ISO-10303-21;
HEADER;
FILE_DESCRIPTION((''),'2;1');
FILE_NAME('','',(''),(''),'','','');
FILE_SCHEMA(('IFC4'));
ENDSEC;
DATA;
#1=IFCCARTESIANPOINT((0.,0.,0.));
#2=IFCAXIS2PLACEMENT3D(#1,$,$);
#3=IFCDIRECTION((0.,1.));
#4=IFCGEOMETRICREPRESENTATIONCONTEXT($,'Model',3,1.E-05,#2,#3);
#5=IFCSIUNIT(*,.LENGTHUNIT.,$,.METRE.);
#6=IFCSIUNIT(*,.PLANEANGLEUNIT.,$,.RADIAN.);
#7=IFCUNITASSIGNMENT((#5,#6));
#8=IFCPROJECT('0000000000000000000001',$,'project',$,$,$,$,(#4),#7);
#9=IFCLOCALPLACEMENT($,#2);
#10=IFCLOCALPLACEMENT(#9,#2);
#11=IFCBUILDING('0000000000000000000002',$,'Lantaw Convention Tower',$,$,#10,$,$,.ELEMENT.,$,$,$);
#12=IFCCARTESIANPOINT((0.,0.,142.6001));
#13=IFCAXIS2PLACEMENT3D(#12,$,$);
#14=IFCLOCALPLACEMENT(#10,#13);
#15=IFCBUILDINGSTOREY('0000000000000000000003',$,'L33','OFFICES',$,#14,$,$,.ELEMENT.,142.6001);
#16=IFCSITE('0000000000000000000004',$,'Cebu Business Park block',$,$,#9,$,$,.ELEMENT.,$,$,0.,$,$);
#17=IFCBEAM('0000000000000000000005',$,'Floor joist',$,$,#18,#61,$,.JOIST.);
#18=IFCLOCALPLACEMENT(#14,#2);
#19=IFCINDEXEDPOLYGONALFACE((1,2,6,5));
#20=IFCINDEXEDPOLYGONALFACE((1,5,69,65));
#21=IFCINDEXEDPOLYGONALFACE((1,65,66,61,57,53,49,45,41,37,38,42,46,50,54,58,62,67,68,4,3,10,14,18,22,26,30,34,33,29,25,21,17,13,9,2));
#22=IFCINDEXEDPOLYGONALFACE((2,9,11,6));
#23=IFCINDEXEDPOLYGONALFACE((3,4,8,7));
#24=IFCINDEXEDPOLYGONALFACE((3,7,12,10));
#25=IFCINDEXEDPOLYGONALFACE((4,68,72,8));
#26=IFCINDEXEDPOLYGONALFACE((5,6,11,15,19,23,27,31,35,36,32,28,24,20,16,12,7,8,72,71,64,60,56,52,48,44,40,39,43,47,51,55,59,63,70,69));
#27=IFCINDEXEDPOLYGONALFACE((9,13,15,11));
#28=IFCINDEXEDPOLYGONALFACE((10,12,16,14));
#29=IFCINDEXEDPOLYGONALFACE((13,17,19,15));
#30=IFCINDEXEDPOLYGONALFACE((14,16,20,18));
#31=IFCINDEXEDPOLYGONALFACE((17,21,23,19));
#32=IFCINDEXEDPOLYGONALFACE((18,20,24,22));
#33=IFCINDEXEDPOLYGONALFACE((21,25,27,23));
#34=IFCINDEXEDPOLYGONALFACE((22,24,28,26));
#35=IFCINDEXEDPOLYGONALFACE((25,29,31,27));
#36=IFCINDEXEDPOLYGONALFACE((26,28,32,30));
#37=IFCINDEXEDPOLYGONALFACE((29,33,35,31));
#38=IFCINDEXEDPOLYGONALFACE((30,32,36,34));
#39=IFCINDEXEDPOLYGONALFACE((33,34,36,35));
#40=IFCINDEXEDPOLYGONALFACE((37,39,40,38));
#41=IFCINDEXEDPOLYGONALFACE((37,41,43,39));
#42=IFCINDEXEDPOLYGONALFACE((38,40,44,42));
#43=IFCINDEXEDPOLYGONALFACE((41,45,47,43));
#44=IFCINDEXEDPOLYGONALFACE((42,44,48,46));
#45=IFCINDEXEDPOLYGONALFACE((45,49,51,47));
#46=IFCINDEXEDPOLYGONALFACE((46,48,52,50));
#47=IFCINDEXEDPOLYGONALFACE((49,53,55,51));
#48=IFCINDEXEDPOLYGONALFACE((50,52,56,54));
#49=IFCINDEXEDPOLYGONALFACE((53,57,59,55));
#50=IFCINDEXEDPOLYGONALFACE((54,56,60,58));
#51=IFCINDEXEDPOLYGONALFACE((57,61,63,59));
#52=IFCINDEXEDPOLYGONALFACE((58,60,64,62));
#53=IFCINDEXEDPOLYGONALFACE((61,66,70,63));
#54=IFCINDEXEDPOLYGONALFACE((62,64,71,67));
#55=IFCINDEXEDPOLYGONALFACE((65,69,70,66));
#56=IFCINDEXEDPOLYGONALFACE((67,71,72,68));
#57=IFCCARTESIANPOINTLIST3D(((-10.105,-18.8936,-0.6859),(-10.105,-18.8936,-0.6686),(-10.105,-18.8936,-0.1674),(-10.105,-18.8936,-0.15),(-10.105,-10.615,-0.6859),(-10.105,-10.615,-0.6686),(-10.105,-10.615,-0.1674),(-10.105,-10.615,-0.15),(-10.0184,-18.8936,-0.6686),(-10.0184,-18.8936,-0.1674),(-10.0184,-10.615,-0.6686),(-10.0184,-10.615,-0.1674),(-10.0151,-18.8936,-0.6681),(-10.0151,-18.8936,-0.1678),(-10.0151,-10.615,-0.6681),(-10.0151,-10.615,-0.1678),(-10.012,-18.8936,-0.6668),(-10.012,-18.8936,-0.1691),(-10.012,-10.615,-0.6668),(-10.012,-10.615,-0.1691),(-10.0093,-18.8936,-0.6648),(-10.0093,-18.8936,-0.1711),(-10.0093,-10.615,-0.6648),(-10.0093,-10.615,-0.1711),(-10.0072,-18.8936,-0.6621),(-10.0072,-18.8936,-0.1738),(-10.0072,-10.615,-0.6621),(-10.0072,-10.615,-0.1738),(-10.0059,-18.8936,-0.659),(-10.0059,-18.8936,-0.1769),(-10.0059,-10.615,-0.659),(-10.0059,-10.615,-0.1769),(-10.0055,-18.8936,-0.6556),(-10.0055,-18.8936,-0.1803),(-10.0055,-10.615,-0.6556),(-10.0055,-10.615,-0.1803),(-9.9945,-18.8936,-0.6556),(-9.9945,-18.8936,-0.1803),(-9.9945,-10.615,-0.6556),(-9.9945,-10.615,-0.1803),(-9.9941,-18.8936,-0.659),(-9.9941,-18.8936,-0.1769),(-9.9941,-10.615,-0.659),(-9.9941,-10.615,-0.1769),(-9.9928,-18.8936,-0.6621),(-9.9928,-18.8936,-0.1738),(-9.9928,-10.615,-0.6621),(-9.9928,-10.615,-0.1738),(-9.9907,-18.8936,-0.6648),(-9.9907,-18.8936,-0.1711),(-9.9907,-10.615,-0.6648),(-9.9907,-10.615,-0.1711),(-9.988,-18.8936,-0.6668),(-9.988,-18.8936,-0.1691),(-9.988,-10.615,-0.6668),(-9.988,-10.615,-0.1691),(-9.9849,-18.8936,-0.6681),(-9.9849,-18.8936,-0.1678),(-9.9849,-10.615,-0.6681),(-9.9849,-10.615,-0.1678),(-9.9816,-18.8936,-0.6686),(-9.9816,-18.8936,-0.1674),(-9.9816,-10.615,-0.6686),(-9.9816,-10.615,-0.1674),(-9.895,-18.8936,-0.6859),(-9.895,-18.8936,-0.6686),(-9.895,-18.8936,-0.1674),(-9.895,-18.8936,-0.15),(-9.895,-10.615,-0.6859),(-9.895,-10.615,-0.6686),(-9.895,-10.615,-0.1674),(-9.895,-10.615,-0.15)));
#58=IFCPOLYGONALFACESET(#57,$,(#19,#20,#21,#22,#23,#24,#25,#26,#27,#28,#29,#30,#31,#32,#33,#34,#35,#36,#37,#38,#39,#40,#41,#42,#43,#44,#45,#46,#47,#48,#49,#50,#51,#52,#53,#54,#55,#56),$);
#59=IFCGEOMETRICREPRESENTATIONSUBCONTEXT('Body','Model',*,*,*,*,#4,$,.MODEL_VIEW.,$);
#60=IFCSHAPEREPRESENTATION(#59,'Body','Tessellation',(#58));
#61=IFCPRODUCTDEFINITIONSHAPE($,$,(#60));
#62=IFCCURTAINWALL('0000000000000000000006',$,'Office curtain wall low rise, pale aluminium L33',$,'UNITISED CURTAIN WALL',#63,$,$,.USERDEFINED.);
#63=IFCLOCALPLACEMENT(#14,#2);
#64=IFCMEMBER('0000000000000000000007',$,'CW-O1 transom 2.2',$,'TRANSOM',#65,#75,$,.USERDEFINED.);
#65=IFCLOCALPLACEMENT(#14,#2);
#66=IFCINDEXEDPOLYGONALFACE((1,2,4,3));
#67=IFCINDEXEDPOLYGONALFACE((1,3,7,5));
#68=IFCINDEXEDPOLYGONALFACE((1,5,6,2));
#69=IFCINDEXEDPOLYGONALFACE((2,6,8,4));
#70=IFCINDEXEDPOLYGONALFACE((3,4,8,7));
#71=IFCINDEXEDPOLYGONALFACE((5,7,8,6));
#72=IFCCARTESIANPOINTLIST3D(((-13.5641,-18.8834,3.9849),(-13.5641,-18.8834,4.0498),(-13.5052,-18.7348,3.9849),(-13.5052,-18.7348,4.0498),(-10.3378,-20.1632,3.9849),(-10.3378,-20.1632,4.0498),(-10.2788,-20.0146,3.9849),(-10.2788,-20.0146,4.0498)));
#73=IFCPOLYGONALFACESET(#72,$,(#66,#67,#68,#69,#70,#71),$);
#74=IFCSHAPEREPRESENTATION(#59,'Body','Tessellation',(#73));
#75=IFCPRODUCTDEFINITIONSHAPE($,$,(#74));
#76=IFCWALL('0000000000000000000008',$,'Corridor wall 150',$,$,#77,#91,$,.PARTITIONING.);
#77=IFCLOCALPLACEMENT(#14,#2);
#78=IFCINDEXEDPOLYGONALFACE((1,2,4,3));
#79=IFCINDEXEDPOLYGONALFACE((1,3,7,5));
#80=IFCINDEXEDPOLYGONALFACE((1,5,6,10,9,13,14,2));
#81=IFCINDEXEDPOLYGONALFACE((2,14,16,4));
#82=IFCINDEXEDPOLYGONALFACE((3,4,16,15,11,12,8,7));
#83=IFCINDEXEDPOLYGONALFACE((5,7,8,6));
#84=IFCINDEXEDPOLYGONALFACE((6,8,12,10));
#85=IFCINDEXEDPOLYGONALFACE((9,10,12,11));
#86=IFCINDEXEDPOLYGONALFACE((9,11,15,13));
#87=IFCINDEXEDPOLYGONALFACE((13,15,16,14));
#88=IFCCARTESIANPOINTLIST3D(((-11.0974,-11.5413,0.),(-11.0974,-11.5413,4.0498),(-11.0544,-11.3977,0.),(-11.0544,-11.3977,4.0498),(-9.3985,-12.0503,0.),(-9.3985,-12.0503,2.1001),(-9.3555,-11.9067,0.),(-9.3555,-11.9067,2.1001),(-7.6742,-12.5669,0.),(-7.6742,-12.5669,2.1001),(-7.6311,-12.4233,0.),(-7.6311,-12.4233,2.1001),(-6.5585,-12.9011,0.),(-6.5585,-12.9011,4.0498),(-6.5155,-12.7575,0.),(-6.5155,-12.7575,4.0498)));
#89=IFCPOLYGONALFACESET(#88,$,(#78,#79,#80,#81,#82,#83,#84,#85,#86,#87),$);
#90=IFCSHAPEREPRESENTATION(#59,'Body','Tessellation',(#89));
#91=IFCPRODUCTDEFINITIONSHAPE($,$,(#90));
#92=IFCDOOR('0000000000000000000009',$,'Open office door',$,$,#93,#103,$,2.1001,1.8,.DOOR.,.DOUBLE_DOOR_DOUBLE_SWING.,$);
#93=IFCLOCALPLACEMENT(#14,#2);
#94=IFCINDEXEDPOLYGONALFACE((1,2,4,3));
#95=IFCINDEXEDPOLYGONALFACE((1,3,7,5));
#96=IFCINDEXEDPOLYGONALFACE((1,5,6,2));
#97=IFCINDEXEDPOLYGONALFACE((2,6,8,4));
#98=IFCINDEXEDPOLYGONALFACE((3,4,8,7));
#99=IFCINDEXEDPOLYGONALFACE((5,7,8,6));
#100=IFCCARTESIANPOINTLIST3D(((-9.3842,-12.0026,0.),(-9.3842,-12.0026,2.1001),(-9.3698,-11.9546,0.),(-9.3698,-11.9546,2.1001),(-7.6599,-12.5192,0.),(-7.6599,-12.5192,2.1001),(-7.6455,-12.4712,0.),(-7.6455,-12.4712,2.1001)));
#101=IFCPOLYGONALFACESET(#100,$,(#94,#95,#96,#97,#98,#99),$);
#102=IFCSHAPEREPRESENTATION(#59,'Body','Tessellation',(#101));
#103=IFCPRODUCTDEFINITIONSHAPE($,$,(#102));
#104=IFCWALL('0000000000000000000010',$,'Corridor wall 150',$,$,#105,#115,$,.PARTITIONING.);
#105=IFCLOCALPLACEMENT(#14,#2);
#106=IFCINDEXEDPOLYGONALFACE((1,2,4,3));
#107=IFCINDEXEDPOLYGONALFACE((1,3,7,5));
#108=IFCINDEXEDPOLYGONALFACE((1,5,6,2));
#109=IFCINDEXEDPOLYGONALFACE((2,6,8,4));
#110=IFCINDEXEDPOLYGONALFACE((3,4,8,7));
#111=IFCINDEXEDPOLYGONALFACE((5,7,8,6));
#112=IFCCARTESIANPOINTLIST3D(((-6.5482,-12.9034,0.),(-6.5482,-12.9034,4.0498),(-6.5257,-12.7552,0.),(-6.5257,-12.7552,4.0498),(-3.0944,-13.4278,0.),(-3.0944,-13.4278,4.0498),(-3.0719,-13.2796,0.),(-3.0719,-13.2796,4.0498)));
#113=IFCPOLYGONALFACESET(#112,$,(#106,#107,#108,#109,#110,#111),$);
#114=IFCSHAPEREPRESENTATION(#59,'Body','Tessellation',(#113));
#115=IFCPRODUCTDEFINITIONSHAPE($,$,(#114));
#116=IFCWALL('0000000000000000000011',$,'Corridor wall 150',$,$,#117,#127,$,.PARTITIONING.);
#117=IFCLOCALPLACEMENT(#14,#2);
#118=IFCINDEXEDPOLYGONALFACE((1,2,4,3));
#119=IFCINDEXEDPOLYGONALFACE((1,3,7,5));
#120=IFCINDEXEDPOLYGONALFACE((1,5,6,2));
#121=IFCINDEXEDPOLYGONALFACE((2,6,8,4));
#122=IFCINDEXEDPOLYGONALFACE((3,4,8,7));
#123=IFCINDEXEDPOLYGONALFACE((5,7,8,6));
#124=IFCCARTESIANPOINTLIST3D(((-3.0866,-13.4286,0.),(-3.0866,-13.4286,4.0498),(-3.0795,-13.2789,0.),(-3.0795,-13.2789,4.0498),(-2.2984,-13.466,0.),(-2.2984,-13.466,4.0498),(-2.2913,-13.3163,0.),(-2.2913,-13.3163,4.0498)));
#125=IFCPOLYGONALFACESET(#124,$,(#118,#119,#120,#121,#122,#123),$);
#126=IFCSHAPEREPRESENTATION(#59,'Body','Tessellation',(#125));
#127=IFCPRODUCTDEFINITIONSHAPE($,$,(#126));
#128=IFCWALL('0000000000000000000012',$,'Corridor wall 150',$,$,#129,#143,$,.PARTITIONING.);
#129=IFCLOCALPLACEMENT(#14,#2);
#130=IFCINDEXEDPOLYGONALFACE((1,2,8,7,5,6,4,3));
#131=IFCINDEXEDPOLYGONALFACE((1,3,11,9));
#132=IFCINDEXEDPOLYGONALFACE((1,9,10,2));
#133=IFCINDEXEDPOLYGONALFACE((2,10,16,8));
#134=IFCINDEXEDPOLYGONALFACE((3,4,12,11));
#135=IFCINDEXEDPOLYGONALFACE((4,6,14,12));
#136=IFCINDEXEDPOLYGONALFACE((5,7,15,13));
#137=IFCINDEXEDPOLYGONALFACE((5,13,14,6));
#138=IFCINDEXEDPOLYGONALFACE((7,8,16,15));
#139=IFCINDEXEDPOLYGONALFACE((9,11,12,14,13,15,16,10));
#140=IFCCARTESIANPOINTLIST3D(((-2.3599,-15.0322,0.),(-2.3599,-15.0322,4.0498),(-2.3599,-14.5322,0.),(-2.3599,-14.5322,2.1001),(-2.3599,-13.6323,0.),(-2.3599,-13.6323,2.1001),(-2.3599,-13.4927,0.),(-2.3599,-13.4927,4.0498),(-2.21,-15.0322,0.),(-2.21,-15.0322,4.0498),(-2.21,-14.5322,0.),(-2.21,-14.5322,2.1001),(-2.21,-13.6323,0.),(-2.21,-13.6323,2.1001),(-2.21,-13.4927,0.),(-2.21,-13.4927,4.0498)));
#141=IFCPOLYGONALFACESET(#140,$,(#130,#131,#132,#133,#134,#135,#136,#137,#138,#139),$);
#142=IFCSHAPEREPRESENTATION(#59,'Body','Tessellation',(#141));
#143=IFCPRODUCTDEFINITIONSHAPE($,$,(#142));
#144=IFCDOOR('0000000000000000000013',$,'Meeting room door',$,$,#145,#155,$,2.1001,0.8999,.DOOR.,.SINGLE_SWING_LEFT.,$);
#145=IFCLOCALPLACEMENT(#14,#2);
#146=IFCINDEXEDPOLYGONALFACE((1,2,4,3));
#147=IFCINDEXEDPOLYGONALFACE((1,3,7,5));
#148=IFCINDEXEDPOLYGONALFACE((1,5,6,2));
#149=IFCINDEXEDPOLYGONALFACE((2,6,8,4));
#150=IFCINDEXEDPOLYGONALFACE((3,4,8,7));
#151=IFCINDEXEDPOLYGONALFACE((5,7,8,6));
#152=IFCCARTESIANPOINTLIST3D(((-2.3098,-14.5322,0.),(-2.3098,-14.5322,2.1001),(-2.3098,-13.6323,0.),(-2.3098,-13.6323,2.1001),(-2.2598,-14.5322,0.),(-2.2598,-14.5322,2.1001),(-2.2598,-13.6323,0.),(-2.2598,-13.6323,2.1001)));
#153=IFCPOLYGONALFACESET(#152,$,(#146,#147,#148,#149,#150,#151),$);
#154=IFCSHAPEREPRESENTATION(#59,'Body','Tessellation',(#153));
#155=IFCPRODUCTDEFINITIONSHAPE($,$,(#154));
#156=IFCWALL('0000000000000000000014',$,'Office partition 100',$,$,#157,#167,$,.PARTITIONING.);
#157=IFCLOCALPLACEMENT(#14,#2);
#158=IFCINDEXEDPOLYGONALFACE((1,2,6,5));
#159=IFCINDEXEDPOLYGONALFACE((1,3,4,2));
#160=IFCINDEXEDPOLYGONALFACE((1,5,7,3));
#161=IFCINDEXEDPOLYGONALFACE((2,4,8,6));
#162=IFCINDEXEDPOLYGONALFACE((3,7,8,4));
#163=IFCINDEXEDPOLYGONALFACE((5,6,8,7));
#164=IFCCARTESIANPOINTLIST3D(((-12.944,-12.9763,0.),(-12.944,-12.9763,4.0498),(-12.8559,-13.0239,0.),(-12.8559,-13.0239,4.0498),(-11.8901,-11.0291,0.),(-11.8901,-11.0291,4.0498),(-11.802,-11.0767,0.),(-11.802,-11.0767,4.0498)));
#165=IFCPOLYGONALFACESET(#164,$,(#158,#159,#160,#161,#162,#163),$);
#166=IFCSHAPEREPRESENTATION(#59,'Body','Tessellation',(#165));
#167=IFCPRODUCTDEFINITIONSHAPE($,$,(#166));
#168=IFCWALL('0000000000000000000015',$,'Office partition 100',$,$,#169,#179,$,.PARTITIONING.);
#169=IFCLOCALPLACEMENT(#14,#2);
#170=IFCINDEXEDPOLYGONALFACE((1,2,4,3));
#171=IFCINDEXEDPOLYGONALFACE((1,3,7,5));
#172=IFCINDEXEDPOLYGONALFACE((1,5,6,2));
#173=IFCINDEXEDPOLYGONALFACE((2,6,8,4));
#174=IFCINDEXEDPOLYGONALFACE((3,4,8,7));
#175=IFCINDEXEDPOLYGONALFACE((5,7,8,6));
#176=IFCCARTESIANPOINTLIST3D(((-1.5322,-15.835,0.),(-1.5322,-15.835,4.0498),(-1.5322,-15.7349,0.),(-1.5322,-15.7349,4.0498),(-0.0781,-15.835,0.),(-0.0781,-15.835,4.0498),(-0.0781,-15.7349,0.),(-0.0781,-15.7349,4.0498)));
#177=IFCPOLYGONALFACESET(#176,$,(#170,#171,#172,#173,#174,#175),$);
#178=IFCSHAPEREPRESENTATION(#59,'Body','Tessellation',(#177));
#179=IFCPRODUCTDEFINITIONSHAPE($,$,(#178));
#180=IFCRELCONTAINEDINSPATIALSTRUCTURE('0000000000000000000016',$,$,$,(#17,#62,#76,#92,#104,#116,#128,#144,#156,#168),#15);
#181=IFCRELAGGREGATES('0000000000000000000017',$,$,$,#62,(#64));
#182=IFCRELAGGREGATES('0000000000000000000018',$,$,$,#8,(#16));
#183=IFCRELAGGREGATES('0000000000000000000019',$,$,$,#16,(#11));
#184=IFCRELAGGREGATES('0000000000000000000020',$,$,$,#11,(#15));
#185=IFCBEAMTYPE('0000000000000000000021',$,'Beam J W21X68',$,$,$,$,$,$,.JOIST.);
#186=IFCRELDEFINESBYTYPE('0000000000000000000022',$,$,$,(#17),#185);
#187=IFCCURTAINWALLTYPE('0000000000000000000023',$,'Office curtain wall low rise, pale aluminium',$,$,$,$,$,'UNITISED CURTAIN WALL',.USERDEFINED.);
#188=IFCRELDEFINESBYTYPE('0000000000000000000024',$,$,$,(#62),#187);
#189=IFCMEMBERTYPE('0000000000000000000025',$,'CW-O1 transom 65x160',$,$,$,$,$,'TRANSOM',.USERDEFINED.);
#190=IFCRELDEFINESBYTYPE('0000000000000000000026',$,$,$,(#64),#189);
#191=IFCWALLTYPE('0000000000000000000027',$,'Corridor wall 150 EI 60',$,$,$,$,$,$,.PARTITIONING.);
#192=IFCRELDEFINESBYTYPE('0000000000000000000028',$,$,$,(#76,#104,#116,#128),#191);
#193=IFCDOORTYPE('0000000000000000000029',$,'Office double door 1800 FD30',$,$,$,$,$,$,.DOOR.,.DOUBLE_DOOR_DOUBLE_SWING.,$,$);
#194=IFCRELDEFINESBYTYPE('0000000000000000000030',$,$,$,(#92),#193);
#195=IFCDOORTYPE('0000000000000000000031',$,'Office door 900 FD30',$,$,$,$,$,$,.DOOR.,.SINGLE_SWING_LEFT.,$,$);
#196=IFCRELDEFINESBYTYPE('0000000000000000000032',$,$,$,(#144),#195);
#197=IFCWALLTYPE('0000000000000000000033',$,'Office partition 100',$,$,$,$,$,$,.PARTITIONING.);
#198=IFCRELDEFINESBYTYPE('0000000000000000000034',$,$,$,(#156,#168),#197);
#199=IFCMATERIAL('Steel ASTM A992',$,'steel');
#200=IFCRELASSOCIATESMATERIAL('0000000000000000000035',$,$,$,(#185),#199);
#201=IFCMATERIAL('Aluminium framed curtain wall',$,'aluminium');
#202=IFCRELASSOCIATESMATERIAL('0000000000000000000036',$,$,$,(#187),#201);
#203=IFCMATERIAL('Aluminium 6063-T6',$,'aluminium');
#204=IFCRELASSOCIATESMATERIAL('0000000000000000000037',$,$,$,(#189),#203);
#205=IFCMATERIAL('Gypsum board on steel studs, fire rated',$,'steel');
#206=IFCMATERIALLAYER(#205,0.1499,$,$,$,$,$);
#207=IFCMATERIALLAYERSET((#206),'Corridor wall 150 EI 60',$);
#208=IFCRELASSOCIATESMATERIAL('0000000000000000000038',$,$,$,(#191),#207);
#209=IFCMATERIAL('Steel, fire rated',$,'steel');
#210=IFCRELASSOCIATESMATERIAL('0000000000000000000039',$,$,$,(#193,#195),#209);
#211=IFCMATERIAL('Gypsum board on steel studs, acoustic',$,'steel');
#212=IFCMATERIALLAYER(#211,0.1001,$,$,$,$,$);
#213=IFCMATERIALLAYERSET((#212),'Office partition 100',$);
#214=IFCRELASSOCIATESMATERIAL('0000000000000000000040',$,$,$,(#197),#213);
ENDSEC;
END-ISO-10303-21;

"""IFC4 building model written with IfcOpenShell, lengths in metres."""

from ifc_helpers import new_model, si_unit, direction, frame, frame_2d, origin, origin_2d, place, context, subcontext, project, spatial, rectangle, i_section, extrude, material, layer, layer_set, material_profile, profile_set, type_object, element, fill, aggregate, save


model = new_model("IFC4")

# Units and contexts
model_context = context("Model", 3, precision=1e-05, world=origin(), true_north=direction((0.0, 1.0)))
body_context = subcontext(model_context, "Body", "Model", "MODEL_VIEW")
ifc_project = project(units=[si_unit("LENGTHUNIT", "METRE"), si_unit("PLANEANGLEUNIT", "RADIAN")], contexts=[model_context])

# Site, building, storey
site_placement = place(None, origin())
site = spatial("IfcSite", under=ifc_project, at=site_placement, Name="Cebu Business Park block", CompositionType="ELEMENT", RefElevation=0.0)
building_placement = place(site_placement, origin())
building = spatial("IfcBuilding", under=site, at=building_placement, Name="Lantaw Convention Tower", CompositionType="ELEMENT")
storey_placement = place(building_placement, frame((0.0, 0.0, 142.6001)))
storey = spatial("IfcBuildingStorey", under=building, at=storey_placement, Name="L33", Description="OFFICES", CompositionType="ELEMENT", Elevation=142.6001)

# Beam
ifc_material_1 = material(Name="Steel ASTM A992", Category="steel")
ifc_material_profile_1 = material_profile(ifc_material_1, i_section(OverallWidth=0.21, OverallDepth=0.5359, WebThickness=0.011, FlangeThickness=0.0173, FilletRadius=0.0129, at=origin_2d()), Name="W21X68")
ifc_profile_set_1 = profile_set([ifc_material_profile_1], Name="Steel ASTM A992")
beam_type_1 = type_object("IfcBeamType", Name="Beam J W21X68", PredefinedType="JOIST", material=ifc_profile_set_1)
beam_1_placement = place(storey_placement, frame((-10.0, -18.8936, -0.418), z_axis=(0.0, 1.0, 0.0), x_axis=(-1.0, 0.0, 0.0)))
element("IfcBeam", 1, at=beam_1_placement, inside=storey, type_object=beam_type_1, Name="Floor joist", PredefinedType="JOIST", context=body_context, shape_type="SweptSolid", body=[
    extrude(i_section(OverallWidth=0.21, OverallDepth=0.5359, WebThickness=0.011, FlangeThickness=0.0173, FilletRadius=0.0129, at=origin_2d()), origin(), (0.0, 0.0, 1.0), 8.2786),
])

# Curtain wall, member
ifc_material_2 = material(Name="Aluminium framed curtain wall", Category="aluminium")
curtain_wall_type = type_object("IfcCurtainWallType", Name="Office curtain wall low rise, pale aluminium", ElementType="UNITISED CURTAIN WALL", PredefinedType="USERDEFINED", material=ifc_material_2)
curtain_wall_placement = place(storey_placement, origin())
curtain_wall = element("IfcCurtainWall", 2, at=curtain_wall_placement, inside=storey, type_object=curtain_wall_type, Name="Office curtain wall low rise, pale aluminium L33", ObjectType="UNITISED CURTAIN WALL", PredefinedType="USERDEFINED")
ifc_material_3 = material(Name="Aluminium 6063-T6", Category="aluminium")
ifc_material_profile_2 = material_profile(ifc_material_3, rectangle(XDim=0.1599, YDim=0.0649, at=origin_2d()), Name="CW-O1 transom 65x160")
ifc_profile_set_2 = profile_set([ifc_material_profile_2], Name="Aluminium 6063-T6")
member_type = type_object("IfcMemberType", Name="CW-O1 transom 65x160", ElementType="TRANSOM", PredefinedType="USERDEFINED", material=ifc_profile_set_2)
member_placement = place(storey_placement, frame((-13.5347, -18.8091, 4.0173), z_axis=(0.92954, -0.368721, 0.0), x_axis=(0.368721, 0.92954, 0.0)))
member = element("IfcMember", 3, at=member_placement, type_object=member_type, Name="CW-O1 transom 2.2", ObjectType="TRANSOM", PredefinedType="USERDEFINED", context=body_context, shape_type="SweptSolid", body=[
    extrude(rectangle(XDim=0.1599, YDim=0.0649, at=origin_2d()), origin(), (0.0, 0.0, 1.0), 3.4709),
])
aggregate(curtain_wall, [member])

# Wall, opening, door
ifc_material_4 = material(Name="Gypsum board on steel studs, fire rated", Category="steel")
ifc_layer_1 = layer(ifc_material_4, 0.1499)
ifc_layer_set_1 = layer_set([ifc_layer_1], Name="Corridor wall 150 EI 60")
wall_type_1 = type_object("IfcWallType", Name="Corridor wall 150 EI 60", PredefinedType="PARTITIONING", material=ifc_layer_set_1)
wall_1_placement = place(storey_placement, frame((-11.0759, -11.4695, 0.0), z_axis=(0.0, 0.0, 1.0), x_axis=(0.957934, -0.286989, 0.0)))
wall_1 = element("IfcWall", 4, at=wall_1_placement, inside=storey, type_object=wall_type_1, Name="Corridor wall 150", PredefinedType="PARTITIONING", context=body_context, shape_type="SweptSolid", body=[
    extrude(rectangle(XDim=4.7383, YDim=0.1499, at=frame_2d((2.3691, 0.0))), origin(), (0.0, 0.0, 1.0), 4.0498),
])
opening_1_placement = place(wall_1_placement, frame((1.7737, 0.0, 0.0)))
opening_1 = element("IfcOpeningElement", 5, at=opening_1_placement, cuts=wall_1, PredefinedType="OPENING", context=body_context, shape_type="SweptSolid", body=[
    extrude(rectangle(XDim=1.8, YDim=2.1001, at=frame_2d((0.8999, 1.05))), frame((0.0, 0.085, 0.0), z_axis=(0.0, -1.0, 0.0), x_axis=(1.0, 0.0, 0.0)), (0.0, 0.0, 1.0), 0.1699),
])
ifc_material_5 = material(Name="Steel, fire rated", Category="steel")
door_type_1 = type_object("IfcDoorType", Name="Office double door 1800 FD30", OperationType="DOUBLE_DOOR_DOUBLE_SWING", PredefinedType="DOOR", material=ifc_material_5)
door_1_placement = place(opening_1_placement, origin())
door_1 = element("IfcDoor", 6, at=door_1_placement, inside=storey, type_object=door_type_1, Name="Open office door", OperationType="DOUBLE_DOOR_DOUBLE_SWING", OverallHeight=2.1001, OverallWidth=1.8, PredefinedType="DOOR", context=body_context, shape_type="SweptSolid", body=[
    extrude(rectangle(XDim=1.8, YDim=2.1001, at=frame_2d((0.8999, 1.05))), frame((0.0, 0.0249, 0.0), z_axis=(0.0, -1.0, 0.0), x_axis=(1.0, 0.0, 0.0)), (0.0, 0.0, 1.0), 0.05),
])
fill(opening_1, door_1)

# Walls
wall_2_placement = place(storey_placement, frame((-6.5369, -12.8293, 0.0), z_axis=(0.0, 0.0, 1.0), x_axis=(0.988669, -0.150114, 0.0)))
element("IfcWall", 7, at=wall_2_placement, inside=storey, type_object=wall_type_1, Name="Corridor wall 150", PredefinedType="PARTITIONING", context=body_context, shape_type="SweptSolid", body=[
    extrude(rectangle(XDim=3.4934, YDim=0.1499, at=frame_2d((1.7466, 0.0))), origin(), (0.0, 0.0, 1.0), 4.0498),
])
wall_3_placement = place(storey_placement, frame((-3.083, -13.3538, 0.0), z_axis=(0.0, 0.0, 1.0), x_axis=(0.998879, -0.047345, 0.0)))
element("IfcWall", 8, at=wall_3_placement, inside=storey, type_object=wall_type_1, Name="Corridor wall 150", PredefinedType="PARTITIONING", context=body_context, shape_type="SweptSolid", body=[
    extrude(rectangle(XDim=0.7891, YDim=0.1499, at=frame_2d((0.3945, 0.0))), origin(), (0.0, 0.0, 1.0), 4.0498),
])

# Wall, opening, door
wall_4_placement = place(storey_placement, frame((-2.2849, -15.0322, 0.0), z_axis=(0.0, 0.0, 1.0), x_axis=(0.0, 1.0, 0.0)))
wall_4 = element("IfcWall", 9, at=wall_4_placement, inside=storey, type_object=wall_type_1, Name="Corridor wall 150", PredefinedType="PARTITIONING", context=body_context, shape_type="SweptSolid", body=[
    extrude(rectangle(XDim=1.5396, YDim=0.1499, at=frame_2d((0.7698, 0.0))), origin(), (0.0, 0.0, 1.0), 4.0498),
])
opening_2_placement = place(wall_4_placement, frame((0.5, 0.0, 0.0)))
opening_2 = element("IfcOpeningElement", 10, at=opening_2_placement, cuts=wall_4, PredefinedType="OPENING", context=body_context, shape_type="SweptSolid", body=[
    extrude(rectangle(XDim=0.8999, YDim=2.1001, at=frame_2d((0.45, 1.05))), frame((0.0, 0.085, 0.0), z_axis=(0.0, -1.0, 0.0), x_axis=(1.0, 0.0, 0.0)), (0.0, 0.0, 1.0), 0.1699),
])
door_type_2 = type_object("IfcDoorType", Name="Office door 900 FD30", OperationType="SINGLE_SWING_LEFT", PredefinedType="DOOR", material=ifc_material_5)
door_2_placement = place(opening_2_placement, origin())
door_2 = element("IfcDoor", 11, at=door_2_placement, inside=storey, type_object=door_type_2, Name="Meeting room door", OperationType="SINGLE_SWING_LEFT", OverallHeight=2.1001, OverallWidth=0.8999, PredefinedType="DOOR", context=body_context, shape_type="SweptSolid", body=[
    extrude(rectangle(XDim=0.8999, YDim=2.1001, at=frame_2d((0.45, 1.05))), frame((0.0, 0.0249, 0.0), z_axis=(0.0, -1.0, 0.0), x_axis=(1.0, 0.0, 0.0)), (0.0, 0.0, 1.0), 0.05),
])
fill(opening_2, door_2)

# Walls
ifc_material_6 = material(Name="Gypsum board on steel studs, acoustic", Category="steel")
ifc_layer_2 = layer(ifc_material_6, 0.1001)
ifc_layer_set_2 = layer_set([ifc_layer_2], Name="Office partition 100")
wall_type_2 = type_object("IfcWallType", Name="Office partition 100", PredefinedType="PARTITIONING", material=ifc_layer_set_2)
wall_5_placement = place(storey_placement, frame((-12.8999, -13.0, 0.0), z_axis=(0.0, 0.0, 1.0), x_axis=(0.475999, 0.879446, 0.0)))
element("IfcWall", 12, at=wall_5_placement, inside=storey, type_object=wall_type_2, Name="Office partition 100", PredefinedType="PARTITIONING", context=body_context, shape_type="SweptSolid", body=[
    extrude(rectangle(XDim=2.2141, YDim=0.1001, at=frame_2d((1.1069, 0.0))), origin(), (0.0, 0.0, 1.0), 4.0498),
])
wall_6_placement = place(storey_placement, frame((-0.0781, -15.7849, 0.0), z_axis=(0.0, 0.0, 1.0), x_axis=(-1.0, 0.0, 0.0)))
element("IfcWall", 13, at=wall_6_placement, inside=storey, type_object=wall_type_2, Name="Office partition 100", PredefinedType="PARTITIONING", context=body_context, shape_type="SweptSolid", body=[
    extrude(rectangle(XDim=1.4541, YDim=0.1001, at=frame_2d((0.7271, 0.0))), origin(), (0.0, 0.0, 1.0), 4.0498),
])

save(model, "model.ifc")
